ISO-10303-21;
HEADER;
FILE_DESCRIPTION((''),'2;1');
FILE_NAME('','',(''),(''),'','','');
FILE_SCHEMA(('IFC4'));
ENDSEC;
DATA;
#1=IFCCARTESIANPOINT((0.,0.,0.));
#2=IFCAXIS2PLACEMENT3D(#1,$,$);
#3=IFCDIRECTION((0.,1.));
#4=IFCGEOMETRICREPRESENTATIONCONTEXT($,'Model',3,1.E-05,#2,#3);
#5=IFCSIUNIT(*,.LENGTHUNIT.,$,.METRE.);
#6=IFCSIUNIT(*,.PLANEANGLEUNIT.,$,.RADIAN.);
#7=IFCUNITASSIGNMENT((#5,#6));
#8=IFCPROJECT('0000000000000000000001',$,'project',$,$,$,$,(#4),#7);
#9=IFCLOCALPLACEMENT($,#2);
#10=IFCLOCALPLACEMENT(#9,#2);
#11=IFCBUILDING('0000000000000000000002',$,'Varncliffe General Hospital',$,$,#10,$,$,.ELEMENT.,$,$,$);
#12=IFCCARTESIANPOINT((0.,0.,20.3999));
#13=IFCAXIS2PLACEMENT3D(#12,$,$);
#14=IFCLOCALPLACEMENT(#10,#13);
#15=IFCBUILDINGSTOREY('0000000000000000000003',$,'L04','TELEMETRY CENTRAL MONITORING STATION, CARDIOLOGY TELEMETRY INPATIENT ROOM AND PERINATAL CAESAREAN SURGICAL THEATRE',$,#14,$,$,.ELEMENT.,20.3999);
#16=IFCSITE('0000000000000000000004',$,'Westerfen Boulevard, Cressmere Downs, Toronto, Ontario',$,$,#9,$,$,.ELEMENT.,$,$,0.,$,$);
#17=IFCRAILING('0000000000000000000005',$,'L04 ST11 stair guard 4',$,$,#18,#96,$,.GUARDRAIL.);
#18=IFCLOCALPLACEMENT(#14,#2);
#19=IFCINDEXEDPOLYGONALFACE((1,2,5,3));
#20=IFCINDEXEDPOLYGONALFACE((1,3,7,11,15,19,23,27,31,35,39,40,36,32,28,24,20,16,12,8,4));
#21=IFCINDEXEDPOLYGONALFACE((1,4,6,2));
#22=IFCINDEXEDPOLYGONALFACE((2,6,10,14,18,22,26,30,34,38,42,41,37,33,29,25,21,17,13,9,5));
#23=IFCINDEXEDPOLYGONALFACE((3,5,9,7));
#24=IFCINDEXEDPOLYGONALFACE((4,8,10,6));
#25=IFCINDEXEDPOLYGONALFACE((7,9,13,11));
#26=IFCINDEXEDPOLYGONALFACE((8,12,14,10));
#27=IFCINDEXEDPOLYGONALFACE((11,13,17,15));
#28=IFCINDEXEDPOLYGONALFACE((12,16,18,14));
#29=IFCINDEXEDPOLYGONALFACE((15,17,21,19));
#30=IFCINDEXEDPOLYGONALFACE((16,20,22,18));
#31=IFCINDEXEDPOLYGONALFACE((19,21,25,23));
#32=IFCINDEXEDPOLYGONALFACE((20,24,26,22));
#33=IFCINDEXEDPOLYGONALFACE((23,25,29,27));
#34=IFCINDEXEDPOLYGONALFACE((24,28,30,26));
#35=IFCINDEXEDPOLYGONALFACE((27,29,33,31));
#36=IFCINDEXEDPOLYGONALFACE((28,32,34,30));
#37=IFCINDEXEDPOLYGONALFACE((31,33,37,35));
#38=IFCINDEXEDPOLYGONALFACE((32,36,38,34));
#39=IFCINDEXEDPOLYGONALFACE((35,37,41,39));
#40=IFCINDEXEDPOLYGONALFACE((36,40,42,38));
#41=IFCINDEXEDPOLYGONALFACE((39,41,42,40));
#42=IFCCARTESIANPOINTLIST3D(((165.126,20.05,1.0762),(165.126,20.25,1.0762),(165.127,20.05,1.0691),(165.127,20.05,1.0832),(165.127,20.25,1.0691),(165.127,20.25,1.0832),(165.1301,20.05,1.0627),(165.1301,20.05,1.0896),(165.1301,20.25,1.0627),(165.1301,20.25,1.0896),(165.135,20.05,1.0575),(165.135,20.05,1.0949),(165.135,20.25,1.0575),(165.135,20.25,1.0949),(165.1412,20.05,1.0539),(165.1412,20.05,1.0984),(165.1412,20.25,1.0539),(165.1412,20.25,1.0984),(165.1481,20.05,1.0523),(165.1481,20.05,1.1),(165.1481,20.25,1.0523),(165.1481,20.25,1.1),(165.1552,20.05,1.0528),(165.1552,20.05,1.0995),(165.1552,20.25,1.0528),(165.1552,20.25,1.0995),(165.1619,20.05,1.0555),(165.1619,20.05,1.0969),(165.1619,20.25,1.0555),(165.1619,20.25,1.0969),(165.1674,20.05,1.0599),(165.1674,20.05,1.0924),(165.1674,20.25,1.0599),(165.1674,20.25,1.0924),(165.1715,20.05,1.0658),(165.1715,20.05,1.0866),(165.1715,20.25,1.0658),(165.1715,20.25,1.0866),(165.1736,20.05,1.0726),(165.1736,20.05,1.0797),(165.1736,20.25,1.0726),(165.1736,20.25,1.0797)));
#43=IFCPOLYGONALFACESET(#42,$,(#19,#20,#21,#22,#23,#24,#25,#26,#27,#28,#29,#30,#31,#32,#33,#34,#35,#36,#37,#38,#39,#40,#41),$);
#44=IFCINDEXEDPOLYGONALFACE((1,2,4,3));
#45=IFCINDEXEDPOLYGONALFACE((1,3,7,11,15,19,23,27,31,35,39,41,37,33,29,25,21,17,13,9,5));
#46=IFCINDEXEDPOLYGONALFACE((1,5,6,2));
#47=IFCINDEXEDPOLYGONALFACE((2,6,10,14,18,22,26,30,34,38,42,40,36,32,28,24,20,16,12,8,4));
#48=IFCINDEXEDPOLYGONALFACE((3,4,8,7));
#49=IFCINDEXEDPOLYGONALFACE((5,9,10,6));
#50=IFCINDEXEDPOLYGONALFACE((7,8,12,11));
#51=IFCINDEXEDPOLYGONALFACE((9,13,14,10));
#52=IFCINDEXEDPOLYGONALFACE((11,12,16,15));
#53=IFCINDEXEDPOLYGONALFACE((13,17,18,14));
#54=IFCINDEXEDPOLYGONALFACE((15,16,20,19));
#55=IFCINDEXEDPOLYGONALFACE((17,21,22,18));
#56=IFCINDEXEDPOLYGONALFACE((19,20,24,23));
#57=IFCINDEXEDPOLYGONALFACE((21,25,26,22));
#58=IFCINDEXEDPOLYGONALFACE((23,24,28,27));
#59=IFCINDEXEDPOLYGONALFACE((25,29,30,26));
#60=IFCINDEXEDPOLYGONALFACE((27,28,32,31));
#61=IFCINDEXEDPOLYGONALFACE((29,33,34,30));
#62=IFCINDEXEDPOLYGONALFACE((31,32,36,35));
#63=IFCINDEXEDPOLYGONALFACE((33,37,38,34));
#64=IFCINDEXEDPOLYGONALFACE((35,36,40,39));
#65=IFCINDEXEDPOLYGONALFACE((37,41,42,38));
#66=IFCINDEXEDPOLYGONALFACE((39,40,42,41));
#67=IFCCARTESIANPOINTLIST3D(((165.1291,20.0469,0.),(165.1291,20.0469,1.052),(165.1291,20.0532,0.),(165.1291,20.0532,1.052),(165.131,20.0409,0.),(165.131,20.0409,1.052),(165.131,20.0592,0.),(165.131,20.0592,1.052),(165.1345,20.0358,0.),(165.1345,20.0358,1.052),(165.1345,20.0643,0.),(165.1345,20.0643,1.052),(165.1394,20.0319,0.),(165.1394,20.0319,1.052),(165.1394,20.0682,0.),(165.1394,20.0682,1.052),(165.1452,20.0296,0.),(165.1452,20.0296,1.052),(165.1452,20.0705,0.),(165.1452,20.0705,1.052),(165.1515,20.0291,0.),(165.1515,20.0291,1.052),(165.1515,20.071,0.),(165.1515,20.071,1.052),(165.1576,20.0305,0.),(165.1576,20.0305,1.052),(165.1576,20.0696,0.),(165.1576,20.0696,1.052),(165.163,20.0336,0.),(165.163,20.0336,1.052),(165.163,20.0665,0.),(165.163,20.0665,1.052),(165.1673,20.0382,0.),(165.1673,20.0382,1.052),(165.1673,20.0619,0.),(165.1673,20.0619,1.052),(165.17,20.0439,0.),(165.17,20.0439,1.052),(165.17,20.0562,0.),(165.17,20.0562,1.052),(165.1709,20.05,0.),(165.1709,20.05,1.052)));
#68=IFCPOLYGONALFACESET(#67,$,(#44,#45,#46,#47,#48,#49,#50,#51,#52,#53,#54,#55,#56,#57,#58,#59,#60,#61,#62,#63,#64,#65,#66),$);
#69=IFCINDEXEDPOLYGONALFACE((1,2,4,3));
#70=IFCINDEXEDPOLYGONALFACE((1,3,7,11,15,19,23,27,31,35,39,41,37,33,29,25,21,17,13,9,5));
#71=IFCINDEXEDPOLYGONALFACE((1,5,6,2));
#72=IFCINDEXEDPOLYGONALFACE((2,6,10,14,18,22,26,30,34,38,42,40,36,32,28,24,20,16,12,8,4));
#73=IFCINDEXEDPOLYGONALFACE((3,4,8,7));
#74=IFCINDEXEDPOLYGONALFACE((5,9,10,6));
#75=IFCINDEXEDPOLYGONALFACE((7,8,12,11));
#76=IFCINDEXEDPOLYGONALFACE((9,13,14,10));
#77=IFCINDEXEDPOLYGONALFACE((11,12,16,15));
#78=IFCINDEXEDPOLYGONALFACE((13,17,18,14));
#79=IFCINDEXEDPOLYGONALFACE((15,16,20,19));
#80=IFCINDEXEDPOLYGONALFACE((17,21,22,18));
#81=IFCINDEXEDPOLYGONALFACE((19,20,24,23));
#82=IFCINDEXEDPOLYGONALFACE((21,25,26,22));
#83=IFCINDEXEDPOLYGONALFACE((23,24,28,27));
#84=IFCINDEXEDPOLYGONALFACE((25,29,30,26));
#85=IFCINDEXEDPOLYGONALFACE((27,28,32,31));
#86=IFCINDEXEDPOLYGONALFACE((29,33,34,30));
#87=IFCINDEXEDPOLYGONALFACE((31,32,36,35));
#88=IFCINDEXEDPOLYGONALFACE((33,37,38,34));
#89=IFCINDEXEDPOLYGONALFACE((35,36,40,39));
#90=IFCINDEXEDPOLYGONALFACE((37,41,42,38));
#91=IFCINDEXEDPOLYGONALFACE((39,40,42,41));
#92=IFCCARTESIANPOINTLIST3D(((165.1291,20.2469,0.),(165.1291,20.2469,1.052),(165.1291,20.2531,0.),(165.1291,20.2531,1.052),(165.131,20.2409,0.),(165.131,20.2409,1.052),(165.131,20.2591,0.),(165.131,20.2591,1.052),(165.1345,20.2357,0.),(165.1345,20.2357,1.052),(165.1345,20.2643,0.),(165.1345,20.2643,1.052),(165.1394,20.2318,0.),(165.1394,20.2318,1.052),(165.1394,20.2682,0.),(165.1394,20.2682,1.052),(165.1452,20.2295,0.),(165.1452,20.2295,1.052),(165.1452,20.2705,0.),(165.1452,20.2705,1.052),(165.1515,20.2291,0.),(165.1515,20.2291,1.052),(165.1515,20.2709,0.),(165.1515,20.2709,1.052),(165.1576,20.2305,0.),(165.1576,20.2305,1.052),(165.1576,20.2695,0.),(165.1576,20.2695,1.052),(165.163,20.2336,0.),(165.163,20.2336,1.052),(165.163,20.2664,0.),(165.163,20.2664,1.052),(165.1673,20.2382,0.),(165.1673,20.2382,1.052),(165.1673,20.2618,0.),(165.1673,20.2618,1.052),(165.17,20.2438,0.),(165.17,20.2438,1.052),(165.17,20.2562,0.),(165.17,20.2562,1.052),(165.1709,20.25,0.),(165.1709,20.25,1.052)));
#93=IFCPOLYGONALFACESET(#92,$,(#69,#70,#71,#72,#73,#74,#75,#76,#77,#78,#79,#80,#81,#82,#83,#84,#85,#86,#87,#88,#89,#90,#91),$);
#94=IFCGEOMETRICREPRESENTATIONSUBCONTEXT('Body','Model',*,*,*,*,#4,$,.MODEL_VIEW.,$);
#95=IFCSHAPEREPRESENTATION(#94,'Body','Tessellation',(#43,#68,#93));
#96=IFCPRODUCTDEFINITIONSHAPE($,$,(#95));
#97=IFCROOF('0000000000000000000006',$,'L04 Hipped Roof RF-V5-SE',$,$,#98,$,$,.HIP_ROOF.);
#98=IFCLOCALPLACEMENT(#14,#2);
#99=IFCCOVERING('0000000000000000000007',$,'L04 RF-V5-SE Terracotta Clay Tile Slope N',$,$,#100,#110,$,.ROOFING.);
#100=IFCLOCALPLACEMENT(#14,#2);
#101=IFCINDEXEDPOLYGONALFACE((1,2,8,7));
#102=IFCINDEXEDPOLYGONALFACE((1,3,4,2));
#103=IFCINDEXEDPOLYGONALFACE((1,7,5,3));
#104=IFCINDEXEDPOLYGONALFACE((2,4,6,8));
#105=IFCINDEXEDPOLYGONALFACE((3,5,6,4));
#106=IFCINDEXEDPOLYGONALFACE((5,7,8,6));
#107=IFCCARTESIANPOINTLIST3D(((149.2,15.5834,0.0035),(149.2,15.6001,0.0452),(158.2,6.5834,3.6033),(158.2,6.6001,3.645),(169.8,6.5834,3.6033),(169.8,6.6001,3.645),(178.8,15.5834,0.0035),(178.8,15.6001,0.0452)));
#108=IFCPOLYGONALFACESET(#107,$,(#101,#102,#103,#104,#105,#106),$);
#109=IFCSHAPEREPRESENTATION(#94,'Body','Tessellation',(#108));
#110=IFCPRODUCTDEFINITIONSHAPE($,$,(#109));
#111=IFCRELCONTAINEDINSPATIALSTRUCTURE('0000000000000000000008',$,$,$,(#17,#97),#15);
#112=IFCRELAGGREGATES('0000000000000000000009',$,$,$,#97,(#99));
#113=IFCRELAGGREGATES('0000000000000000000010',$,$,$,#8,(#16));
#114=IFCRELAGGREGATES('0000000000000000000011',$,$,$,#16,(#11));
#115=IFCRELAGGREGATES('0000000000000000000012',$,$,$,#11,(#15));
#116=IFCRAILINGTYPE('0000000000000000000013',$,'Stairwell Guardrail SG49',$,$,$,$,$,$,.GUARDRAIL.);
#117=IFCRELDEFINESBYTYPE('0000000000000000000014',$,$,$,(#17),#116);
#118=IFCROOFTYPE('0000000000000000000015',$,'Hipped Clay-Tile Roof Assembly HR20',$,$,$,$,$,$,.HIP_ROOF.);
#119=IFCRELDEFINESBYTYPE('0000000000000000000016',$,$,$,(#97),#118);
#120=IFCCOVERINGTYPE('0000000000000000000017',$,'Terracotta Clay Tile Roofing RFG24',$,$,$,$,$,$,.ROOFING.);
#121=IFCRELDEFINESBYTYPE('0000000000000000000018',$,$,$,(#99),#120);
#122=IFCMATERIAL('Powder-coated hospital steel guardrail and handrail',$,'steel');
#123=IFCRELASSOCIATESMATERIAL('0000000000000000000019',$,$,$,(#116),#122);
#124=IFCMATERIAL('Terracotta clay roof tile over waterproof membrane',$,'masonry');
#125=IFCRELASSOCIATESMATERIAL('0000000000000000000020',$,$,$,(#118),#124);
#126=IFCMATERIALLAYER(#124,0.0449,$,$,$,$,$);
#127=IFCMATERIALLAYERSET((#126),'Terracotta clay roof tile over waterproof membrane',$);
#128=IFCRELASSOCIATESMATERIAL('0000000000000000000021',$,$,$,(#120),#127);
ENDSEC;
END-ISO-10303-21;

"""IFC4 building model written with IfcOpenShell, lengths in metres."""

from ifc_helpers import new_model, si_unit, direction, frame, origin, origin_2d, place, context, subcontext, project, spatial, polyline, circle, outline, extrude, material, layer, layer_set, type_object, element, aggregate, save


model = new_model("IFC4")

# Units and contexts
model_context = context("Model", 3, precision=1e-05, world=origin(), true_north=direction((0.0, 1.0)))
body_context = subcontext(model_context, "Body", "Model", "MODEL_VIEW")
ifc_project = project(units=[si_unit("LENGTHUNIT", "METRE"), si_unit("PLANEANGLEUNIT", "RADIAN")], contexts=[model_context])

# Site, building, storey
site_placement = place(None, origin())
site = spatial("IfcSite", under=ifc_project, at=site_placement, Name="Westerfen Boulevard, Cressmere Downs, Toronto, Ontario", CompositionType="ELEMENT", RefElevation=0.0)
building_placement = place(site_placement, origin())
building = spatial("IfcBuilding", under=site, at=building_placement, Name="Varncliffe General Hospital", CompositionType="ELEMENT")
storey_placement = place(building_placement, frame((0.0, 0.0, 20.3999)))
storey = spatial("IfcBuildingStorey", under=building, at=storey_placement, Name="L04", Description="TELEMETRY CENTRAL MONITORING STATION, CARDIOLOGY TELEMETRY INPATIENT ROOM AND PERINATAL CAESAREAN SURGICAL THEATRE", CompositionType="ELEMENT", Elevation=20.3999)

# Railing
ifc_material_1 = material(Name="Powder-coated hospital steel guardrail and handrail", Category="steel")
railing_type_1 = type_object("IfcRailingType", Name="Stairwell Guardrail SG49", PredefinedType="GUARDRAIL", material=ifc_material_1)
railing_1_placement = place(storey_placement, frame((165.1499, 20.05, 0.0)))
element("IfcRailing", 1, at=railing_1_placement, inside=storey, type_object=railing_type_1, Name="L04 ST11 stair guard 4", PredefinedType="GUARDRAIL", context=body_context, shape_type="SweptSolid", body=[
    extrude(circle(Radius=0.0239, at=origin_2d()), frame((0.0, 0.0, 1.0762), z_axis=(0.0, 1.0, 0.0), x_axis=(-1.0, 0.0, 0.0)), (0.0, 0.0, 1.0), 0.2),
    extrude(circle(Radius=0.021, at=origin_2d()), origin(), (0.0, 0.0, 1.0), 1.052),
    extrude(circle(Radius=0.021, at=origin_2d()), frame((0.0, 0.2, 0.0)), (0.0, 0.0, 1.0), 1.052),
])

# Roof, covering
ifc_material_2 = material(Name="Terracotta clay roof tile over waterproof membrane", Category="masonry")
roof_type = type_object("IfcRoofType", Name="Hipped Clay-Tile Roof Assembly HR20", PredefinedType="HIP_ROOF", material=ifc_material_2)
roof_placement = place(storey_placement, origin())
roof = element("IfcRoof", 2, at=roof_placement, inside=storey, type_object=roof_type, Name="L04 Hipped Roof RF-V5-SE", PredefinedType="HIP_ROOF")
ifc_layer_1 = layer(ifc_material_2, 0.0449)
ifc_layer_set_1 = layer_set([ifc_layer_1], Name="Terracotta clay roof tile over waterproof membrane")
covering_type = type_object("IfcCoveringType", Name="Terracotta Clay Tile Roofing RFG24", PredefinedType="ROOFING", material=ifc_layer_set_1)
covering_placement = place(storey_placement, frame((178.8, 15.6001, 0.0452), z_axis=(0.0, 0.371378, 0.928482), x_axis=(-1.0, 0.0, 0.0)))
covering = element("IfcCovering", 3, at=covering_placement, type_object=covering_type, Name="L04 RF-V5-SE Terracotta Clay Tile Slope N", PredefinedType="ROOFING", context=body_context, shape_type="SweptSolid", body=[
    extrude(outline(polyline([(0.0, 0.0), (29.6001, 0.0), (20.6001, 9.6932), (9.0, 9.6932), (0.0, 0.0)])), origin(), (0.0, 0.0, -1.0), 0.0449),
])
aggregate(roof, [covering])

save(model, "model.ifc")
